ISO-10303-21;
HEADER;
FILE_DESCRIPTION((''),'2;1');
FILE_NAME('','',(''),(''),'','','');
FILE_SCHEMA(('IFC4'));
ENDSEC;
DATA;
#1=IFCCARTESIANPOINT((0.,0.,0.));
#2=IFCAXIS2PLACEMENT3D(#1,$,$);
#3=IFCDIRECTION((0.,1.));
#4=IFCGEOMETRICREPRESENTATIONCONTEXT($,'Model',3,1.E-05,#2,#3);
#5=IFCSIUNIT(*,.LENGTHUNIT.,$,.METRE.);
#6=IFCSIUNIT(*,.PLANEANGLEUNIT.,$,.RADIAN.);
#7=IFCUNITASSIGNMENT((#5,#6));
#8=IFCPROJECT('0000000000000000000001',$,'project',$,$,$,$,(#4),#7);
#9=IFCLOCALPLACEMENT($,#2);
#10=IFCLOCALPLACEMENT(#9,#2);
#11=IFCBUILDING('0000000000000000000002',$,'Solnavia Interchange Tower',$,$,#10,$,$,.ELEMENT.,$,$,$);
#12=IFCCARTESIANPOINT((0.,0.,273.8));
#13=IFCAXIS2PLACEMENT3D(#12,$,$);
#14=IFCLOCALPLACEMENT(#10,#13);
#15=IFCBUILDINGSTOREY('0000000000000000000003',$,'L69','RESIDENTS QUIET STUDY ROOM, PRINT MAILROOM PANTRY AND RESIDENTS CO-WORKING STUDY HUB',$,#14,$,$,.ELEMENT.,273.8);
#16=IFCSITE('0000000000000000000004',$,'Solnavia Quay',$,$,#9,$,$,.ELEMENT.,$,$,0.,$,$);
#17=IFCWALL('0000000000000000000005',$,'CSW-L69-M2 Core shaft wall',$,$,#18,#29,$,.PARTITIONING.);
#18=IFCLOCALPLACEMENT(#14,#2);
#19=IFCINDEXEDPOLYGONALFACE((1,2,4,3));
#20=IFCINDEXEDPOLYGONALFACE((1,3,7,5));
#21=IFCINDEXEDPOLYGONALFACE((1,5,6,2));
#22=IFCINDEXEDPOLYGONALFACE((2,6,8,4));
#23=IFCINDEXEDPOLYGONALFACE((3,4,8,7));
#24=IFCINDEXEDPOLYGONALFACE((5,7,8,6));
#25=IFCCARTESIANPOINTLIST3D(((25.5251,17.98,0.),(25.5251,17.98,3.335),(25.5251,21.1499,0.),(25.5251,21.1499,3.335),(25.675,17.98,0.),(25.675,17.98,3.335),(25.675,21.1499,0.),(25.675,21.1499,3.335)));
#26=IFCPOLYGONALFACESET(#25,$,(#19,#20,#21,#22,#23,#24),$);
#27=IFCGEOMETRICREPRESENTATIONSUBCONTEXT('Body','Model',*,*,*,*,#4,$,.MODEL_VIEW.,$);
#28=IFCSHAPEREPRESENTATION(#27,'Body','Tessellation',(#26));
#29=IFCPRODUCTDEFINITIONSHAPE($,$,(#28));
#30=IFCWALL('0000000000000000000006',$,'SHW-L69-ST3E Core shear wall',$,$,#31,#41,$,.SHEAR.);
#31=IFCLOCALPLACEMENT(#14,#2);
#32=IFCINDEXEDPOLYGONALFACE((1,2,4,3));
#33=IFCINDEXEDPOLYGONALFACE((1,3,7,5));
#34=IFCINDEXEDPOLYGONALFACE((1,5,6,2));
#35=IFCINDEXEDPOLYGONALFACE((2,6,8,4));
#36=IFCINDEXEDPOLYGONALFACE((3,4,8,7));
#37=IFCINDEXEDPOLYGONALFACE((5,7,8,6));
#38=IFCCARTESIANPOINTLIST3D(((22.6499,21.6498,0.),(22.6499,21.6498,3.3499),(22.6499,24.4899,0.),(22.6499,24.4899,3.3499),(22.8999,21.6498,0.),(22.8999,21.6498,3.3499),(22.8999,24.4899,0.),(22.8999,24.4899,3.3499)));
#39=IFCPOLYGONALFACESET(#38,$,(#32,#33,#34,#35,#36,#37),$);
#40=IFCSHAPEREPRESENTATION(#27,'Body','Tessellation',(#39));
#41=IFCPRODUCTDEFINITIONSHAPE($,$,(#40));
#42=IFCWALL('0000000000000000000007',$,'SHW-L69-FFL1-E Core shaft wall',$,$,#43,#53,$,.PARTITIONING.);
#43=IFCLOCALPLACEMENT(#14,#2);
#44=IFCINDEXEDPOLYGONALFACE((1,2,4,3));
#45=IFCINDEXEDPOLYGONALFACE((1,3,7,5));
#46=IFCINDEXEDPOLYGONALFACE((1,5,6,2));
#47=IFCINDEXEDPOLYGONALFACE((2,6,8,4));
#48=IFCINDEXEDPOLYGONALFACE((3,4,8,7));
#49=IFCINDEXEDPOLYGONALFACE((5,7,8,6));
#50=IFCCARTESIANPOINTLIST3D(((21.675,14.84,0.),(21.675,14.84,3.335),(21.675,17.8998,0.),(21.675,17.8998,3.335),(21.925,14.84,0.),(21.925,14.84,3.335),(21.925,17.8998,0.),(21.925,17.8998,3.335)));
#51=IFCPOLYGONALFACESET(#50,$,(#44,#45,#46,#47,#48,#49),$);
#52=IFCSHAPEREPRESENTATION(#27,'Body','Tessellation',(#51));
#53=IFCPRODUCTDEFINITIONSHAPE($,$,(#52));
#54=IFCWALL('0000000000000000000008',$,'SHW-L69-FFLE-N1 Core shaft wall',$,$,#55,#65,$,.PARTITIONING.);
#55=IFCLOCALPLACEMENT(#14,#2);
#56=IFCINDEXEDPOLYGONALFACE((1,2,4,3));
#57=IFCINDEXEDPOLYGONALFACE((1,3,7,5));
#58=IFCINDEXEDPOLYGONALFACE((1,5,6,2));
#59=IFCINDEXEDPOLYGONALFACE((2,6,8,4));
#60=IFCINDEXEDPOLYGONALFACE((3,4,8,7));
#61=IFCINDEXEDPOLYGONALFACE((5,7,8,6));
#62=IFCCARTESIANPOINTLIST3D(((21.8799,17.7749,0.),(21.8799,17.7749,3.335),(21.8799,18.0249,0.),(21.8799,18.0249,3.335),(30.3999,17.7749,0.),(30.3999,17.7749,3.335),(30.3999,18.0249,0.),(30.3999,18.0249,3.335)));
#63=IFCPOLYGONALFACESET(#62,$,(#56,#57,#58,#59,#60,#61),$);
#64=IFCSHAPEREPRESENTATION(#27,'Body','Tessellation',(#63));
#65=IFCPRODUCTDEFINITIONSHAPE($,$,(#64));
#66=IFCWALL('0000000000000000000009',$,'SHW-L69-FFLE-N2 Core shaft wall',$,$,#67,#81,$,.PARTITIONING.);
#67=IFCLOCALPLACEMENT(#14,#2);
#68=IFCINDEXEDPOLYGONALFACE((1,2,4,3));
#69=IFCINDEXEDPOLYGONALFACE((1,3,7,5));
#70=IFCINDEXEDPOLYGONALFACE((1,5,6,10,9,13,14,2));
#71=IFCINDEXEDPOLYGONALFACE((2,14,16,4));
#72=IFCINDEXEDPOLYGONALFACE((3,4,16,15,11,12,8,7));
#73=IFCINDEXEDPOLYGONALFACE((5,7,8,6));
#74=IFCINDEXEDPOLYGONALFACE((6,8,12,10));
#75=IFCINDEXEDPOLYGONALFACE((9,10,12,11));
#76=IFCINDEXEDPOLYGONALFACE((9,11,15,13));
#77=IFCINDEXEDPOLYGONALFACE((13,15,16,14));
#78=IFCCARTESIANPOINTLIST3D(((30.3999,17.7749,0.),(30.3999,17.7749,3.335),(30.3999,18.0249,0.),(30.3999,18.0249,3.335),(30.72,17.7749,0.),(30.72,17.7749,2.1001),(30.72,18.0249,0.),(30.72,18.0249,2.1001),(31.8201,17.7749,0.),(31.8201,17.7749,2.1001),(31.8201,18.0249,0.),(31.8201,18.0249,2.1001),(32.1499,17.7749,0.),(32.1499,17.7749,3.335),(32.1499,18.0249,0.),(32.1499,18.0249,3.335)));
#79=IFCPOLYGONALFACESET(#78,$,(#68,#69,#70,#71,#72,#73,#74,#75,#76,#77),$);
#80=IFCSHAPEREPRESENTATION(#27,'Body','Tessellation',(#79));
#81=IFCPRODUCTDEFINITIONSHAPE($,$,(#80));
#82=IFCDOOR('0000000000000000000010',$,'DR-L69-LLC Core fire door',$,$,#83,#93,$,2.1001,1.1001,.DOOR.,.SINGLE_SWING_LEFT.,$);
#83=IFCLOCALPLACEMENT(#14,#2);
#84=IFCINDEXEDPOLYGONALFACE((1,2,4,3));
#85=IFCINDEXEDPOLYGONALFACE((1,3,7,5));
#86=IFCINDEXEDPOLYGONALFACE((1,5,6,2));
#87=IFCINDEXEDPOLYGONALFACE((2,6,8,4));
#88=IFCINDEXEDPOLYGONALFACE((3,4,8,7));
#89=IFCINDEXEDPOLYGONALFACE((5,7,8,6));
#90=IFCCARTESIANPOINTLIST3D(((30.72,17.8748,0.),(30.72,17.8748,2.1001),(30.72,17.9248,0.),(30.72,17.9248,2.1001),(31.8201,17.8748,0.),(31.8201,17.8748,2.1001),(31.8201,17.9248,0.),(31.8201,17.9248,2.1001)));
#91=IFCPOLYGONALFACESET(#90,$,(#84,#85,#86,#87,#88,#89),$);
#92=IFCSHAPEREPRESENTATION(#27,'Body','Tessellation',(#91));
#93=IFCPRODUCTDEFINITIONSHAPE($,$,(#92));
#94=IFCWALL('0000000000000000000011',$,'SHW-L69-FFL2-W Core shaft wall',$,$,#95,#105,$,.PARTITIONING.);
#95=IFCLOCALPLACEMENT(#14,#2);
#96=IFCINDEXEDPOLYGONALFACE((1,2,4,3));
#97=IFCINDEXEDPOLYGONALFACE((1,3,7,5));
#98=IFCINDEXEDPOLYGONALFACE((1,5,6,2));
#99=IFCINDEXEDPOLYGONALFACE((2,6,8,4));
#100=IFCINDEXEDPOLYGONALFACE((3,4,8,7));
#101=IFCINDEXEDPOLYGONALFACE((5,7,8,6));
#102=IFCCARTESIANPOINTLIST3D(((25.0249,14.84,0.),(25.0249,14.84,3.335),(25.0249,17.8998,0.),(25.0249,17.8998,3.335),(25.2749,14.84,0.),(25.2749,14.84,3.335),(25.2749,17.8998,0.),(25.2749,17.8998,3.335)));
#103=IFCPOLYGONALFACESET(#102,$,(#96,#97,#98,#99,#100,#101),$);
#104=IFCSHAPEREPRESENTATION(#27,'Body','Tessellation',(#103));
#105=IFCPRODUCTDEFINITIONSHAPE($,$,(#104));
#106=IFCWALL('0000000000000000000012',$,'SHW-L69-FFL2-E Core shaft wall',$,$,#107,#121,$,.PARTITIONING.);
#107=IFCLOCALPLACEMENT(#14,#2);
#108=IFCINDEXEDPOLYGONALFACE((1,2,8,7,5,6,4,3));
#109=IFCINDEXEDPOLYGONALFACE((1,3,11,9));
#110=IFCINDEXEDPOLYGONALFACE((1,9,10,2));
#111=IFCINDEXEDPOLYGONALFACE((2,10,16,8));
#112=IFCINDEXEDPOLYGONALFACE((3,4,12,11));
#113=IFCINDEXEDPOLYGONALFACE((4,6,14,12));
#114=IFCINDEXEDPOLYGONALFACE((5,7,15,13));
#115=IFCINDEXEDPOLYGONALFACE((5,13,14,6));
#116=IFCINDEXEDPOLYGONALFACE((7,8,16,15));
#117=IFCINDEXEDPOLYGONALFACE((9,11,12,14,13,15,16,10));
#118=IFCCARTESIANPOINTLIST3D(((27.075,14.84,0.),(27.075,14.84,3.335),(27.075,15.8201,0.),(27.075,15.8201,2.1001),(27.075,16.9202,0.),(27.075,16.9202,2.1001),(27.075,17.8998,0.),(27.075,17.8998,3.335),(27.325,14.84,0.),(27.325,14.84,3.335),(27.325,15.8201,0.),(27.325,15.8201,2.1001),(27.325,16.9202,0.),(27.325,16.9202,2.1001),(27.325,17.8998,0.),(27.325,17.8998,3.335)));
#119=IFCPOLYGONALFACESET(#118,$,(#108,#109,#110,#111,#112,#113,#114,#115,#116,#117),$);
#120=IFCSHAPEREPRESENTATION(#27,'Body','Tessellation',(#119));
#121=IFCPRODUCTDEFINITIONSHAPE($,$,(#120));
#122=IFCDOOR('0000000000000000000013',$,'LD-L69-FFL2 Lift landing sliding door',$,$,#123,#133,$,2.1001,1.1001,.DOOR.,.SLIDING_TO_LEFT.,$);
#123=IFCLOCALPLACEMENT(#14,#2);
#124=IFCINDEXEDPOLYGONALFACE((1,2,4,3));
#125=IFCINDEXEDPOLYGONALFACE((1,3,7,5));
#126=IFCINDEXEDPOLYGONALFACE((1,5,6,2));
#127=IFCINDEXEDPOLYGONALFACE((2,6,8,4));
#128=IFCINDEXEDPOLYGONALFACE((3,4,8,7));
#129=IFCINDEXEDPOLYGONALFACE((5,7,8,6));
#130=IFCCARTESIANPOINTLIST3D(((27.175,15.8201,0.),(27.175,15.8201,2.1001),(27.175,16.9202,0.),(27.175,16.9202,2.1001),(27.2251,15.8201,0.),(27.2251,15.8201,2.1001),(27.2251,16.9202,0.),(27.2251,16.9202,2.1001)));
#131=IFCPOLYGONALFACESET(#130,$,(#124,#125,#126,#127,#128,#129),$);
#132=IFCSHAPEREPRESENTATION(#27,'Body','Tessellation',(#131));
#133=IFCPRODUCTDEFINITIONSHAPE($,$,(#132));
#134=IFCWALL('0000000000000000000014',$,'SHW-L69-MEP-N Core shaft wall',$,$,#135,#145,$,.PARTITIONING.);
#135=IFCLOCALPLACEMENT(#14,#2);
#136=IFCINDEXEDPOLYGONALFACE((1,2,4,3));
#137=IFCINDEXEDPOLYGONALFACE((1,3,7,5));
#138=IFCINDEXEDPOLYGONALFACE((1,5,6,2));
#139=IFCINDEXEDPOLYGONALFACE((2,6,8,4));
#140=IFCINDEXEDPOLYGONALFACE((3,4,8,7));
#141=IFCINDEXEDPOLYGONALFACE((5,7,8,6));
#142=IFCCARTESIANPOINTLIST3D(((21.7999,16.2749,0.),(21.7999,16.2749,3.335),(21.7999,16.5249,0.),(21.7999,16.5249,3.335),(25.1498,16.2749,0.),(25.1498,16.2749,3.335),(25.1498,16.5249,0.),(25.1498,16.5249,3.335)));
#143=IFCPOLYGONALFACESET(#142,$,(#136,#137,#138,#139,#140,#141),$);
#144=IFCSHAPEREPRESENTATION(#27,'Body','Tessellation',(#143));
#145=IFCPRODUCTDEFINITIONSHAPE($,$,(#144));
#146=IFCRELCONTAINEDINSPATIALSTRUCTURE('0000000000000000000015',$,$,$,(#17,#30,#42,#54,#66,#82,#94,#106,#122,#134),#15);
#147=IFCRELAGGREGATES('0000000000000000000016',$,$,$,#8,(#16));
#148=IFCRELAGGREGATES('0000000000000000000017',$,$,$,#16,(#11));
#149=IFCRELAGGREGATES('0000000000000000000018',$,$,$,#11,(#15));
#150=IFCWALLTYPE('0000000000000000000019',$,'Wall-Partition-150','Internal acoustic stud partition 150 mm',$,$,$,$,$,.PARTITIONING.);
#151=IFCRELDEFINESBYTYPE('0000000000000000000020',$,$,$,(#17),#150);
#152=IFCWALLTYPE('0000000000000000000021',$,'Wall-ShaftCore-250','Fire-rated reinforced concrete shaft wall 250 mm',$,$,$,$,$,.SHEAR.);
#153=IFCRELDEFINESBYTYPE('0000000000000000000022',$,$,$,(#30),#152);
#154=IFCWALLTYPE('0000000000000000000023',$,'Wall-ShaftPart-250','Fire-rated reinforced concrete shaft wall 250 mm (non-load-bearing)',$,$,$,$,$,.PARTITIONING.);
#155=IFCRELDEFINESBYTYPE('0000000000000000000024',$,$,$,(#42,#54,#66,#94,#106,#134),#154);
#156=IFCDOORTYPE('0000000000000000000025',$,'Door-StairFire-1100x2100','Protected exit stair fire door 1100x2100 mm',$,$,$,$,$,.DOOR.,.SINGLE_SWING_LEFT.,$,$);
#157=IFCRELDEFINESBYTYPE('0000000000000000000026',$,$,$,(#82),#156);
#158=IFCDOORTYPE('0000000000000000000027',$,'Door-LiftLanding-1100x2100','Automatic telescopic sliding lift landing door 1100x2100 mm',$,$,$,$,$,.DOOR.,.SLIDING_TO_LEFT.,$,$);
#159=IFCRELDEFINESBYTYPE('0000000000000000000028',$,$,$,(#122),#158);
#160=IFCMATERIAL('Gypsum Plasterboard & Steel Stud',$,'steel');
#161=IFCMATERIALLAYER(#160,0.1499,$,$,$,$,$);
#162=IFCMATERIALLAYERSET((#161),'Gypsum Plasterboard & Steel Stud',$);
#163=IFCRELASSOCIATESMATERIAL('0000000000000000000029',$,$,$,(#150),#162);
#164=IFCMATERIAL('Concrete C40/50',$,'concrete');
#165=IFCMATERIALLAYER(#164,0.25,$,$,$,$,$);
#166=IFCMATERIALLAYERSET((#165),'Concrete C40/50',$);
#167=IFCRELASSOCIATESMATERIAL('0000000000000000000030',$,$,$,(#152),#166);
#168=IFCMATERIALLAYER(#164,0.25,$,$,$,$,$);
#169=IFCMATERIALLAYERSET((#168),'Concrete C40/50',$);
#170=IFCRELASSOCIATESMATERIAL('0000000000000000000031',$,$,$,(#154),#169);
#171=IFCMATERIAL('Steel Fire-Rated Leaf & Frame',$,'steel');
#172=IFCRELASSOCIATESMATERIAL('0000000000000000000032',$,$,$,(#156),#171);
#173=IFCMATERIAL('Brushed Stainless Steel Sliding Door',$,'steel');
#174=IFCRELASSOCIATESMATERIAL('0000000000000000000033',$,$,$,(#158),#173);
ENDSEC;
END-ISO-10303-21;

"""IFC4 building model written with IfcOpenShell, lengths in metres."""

from ifc_helpers import new_model, si_unit, direction, frame, frame_2d, origin, place, context, subcontext, project, spatial, rectangle, extrude, material, layer, layer_set, type_object, element, fill, save


model = new_model("IFC4")

# Units and contexts
model_context = context("Model", 3, precision=1e-05, world=origin(), true_north=direction((0.0, 1.0)))
body_context = subcontext(model_context, "Body", "Model", "MODEL_VIEW")
ifc_project = project(units=[si_unit("LENGTHUNIT", "METRE"), si_unit("PLANEANGLEUNIT", "RADIAN")], contexts=[model_context])

# Site, building, storey
site_placement = place(None, origin())
site = spatial("IfcSite", under=ifc_project, at=site_placement, Name="Solnavia Quay", CompositionType="ELEMENT", RefElevation=0.0)
building_placement = place(site_placement, origin())
building = spatial("IfcBuilding", under=site, at=building_placement, Name="Solnavia Interchange Tower", CompositionType="ELEMENT")
storey_placement = place(building_placement, frame((0.0, 0.0, 273.8)))
storey = spatial("IfcBuildingStorey", under=building, at=storey_placement, Name="L69", Description="RESIDENTS QUIET STUDY ROOM, PRINT MAILROOM PANTRY AND RESIDENTS CO-WORKING STUDY HUB", CompositionType="ELEMENT", Elevation=273.8)

# Shared definitions
ifc_material_1 = material(Name="Concrete C40/50", Category="concrete")

# Shared definitions
ifc_material_2 = material(Name="Gypsum Plasterboard & Steel Stud", Category="steel")
ifc_layer_1 = layer(ifc_material_2, 0.1499)
ifc_layer_set_1 = layer_set([ifc_layer_1], Name="Gypsum Plasterboard & Steel Stud")
wall_type_1 = type_object("IfcWallType", Name="Wall-Partition-150", Description="Internal acoustic stud partition 150 mm", PredefinedType="PARTITIONING", material=ifc_layer_set_1)

# Walls
wall_1_placement = place(storey_placement, frame((25.6001, 17.98, 0.0), z_axis=(0.0, 0.0, 1.0), x_axis=(0.0, 1.0, 0.0)))
element("IfcWall", 1, at=wall_1_placement, inside=storey, type_object=wall_type_1, Name="CSW-L69-M2 Core shaft wall", PredefinedType="PARTITIONING", context=body_context, shape_type="SweptSolid", body=[
    extrude(rectangle(XDim=3.1699, YDim=0.1499, at=frame_2d((1.585, 0.0))), origin(), (0.0, 0.0, 1.0), 3.335),
])
ifc_layer_2 = layer(ifc_material_1, 0.25)
ifc_layer_set_2 = layer_set([ifc_layer_2], Name="Concrete C40/50")
wall_type_2 = type_object("IfcWallType", Name="Wall-ShaftCore-250", Description="Fire-rated reinforced concrete shaft wall 250 mm", PredefinedType="SHEAR", material=ifc_layer_set_2)
wall_2_placement = place(storey_placement, frame((22.7749, 21.6499, 0.0), z_axis=(0.0, 0.0, 1.0), x_axis=(0.0, 1.0, 0.0)))
element("IfcWall", 2, at=wall_2_placement, inside=storey, type_object=wall_type_2, Name="SHW-L69-ST3E Core shear wall", PredefinedType="SHEAR", context=body_context, shape_type="SweptSolid", body=[
    extrude(rectangle(XDim=2.8401, YDim=0.25, at=frame_2d((1.4199, 0.0))), origin(), (0.0, 0.0, 1.0), 3.3499),
])
ifc_layer_3 = layer(ifc_material_1, 0.25)
ifc_layer_set_3 = layer_set([ifc_layer_3], Name="Concrete C40/50")
wall_type_3 = type_object("IfcWallType", Name="Wall-ShaftPart-250", Description="Fire-rated reinforced concrete shaft wall 250 mm (non-load-bearing)", PredefinedType="PARTITIONING", material=ifc_layer_set_3)
wall_3_placement = place(storey_placement, frame((21.8, 14.8401, 0.0), z_axis=(0.0, 0.0, 1.0), x_axis=(0.0, 1.0, 0.0)))
element("IfcWall", 3, at=wall_3_placement, inside=storey, type_object=wall_type_3, Name="SHW-L69-FFL1-E Core shaft wall", PredefinedType="PARTITIONING", context=body_context, shape_type="SweptSolid", body=[
    extrude(rectangle(XDim=3.0598, YDim=0.25, at=frame_2d((1.5298, 0.0))), origin(), (0.0, 0.0, 1.0), 3.335),
])
wall_4_placement = place(storey_placement, frame((21.8799, 17.8999, 0.0), z_axis=(0.0, 0.0, 1.0), x_axis=(1.0, 0.0, 0.0)))
element("IfcWall", 4, at=wall_4_placement, inside=storey, type_object=wall_type_3, Name="SHW-L69-FFLE-N1 Core shaft wall", PredefinedType="PARTITIONING", context=body_context, shape_type="SweptSolid", body=[
    extrude(rectangle(XDim=8.52, YDim=0.25, at=frame_2d((4.26, 0.0))), origin(), (0.0, 0.0, 1.0), 3.335),
])

# Wall, opening, door
wall_5_placement = place(storey_placement, frame((30.3999, 17.8999, 0.0), z_axis=(0.0, 0.0, 1.0), x_axis=(1.0, 0.0, 0.0)))
wall_5 = element("IfcWall", 5, at=wall_5_placement, inside=storey, type_object=wall_type_3, Name="SHW-L69-FFLE-N2 Core shaft wall", PredefinedType="PARTITIONING", context=body_context, shape_type="SweptSolid", body=[
    extrude(rectangle(XDim=1.75, YDim=0.25, at=frame_2d((0.875, 0.0))), origin(), (0.0, 0.0, 1.0), 3.335),
])
opening_1_placement = place(wall_5_placement, frame((0.3201, 0.0, 0.0)))
opening_1 = element("IfcOpeningElement", 6, at=opening_1_placement, cuts=wall_5, PredefinedType="OPENING", context=body_context, shape_type="SweptSolid", body=[
    extrude(rectangle(XDim=1.1001, YDim=2.1001, at=frame_2d((0.55, 1.05))), frame((0.0, 0.135, 0.0), z_axis=(0.0, -1.0, 0.0), x_axis=(1.0, 0.0, 0.0)), (0.0, 0.0, 1.0), 0.27),
])
ifc_material_3 = material(Name="Steel Fire-Rated Leaf & Frame", Category="steel")
door_type_1 = type_object("IfcDoorType", Name="Door-StairFire-1100x2100", Description="Protected exit stair fire door 1100x2100 mm", OperationType="SINGLE_SWING_LEFT", PredefinedType="DOOR", material=ifc_material_3)
door_1_placement = place(opening_1_placement, origin())
door_1 = element("IfcDoor", 7, at=door_1_placement, inside=storey, type_object=door_type_1, Name="DR-L69-LLC Core fire door", OperationType="SINGLE_SWING_LEFT", OverallHeight=2.1001, OverallWidth=1.1001, PredefinedType="DOOR", context=body_context, shape_type="SweptSolid", body=[
    extrude(rectangle(XDim=1.1001, YDim=2.1001, at=frame_2d((0.55, 1.05))), frame((0.0, 0.0249, 0.0), z_axis=(0.0, -1.0, 0.0), x_axis=(1.0, 0.0, 0.0)), (0.0, 0.0, 1.0), 0.05),
])
fill(opening_1, door_1)

# Wall
wall_6_placement = place(storey_placement, frame((25.1499, 14.8401, 0.0), z_axis=(0.0, 0.0, 1.0), x_axis=(0.0, 1.0, 0.0)))
element("IfcWall", 8, at=wall_6_placement, inside=storey, type_object=wall_type_3, Name="SHW-L69-FFL2-W Core shaft wall", PredefinedType="PARTITIONING", context=body_context, shape_type="SweptSolid", body=[
    extrude(rectangle(XDim=3.0598, YDim=0.25, at=frame_2d((1.5298, 0.0))), origin(), (0.0, 0.0, 1.0), 3.335),
])

# Wall, opening, door
wall_7_placement = place(storey_placement, frame((27.2, 14.8401, 0.0), z_axis=(0.0, 0.0, 1.0), x_axis=(0.0, 1.0, 0.0)))
wall_7 = element("IfcWall", 9, at=wall_7_placement, inside=storey, type_object=wall_type_3, Name="SHW-L69-FFL2-E Core shaft wall", PredefinedType="PARTITIONING", context=body_context, shape_type="SweptSolid", body=[
    extrude(rectangle(XDim=3.0598, YDim=0.25, at=frame_2d((1.5298, 0.0))), origin(), (0.0, 0.0, 1.0), 3.335),
])
opening_2_placement = place(wall_7_placement, frame((0.98, 0.0, 0.0)))
opening_2 = element("IfcOpeningElement", 10, at=opening_2_placement, cuts=wall_7, PredefinedType="OPENING", context=body_context, shape_type="SweptSolid", body=[
    extrude(rectangle(XDim=1.1001, YDim=2.1001, at=frame_2d((0.55, 1.05))), frame((0.0, 0.135, 0.0), z_axis=(0.0, -1.0, 0.0), x_axis=(1.0, 0.0, 0.0)), (0.0, 0.0, 1.0), 0.27),
])
ifc_material_4 = material(Name="Brushed Stainless Steel Sliding Door", Category="steel")
door_type_2 = type_object("IfcDoorType", Name="Door-LiftLanding-1100x2100", Description="Automatic telescopic sliding lift landing door 1100x2100 mm", OperationType="SLIDING_TO_LEFT", PredefinedType="DOOR", material=ifc_material_4)
door_2_placement = place(opening_2_placement, origin())
door_2 = element("IfcDoor", 11, at=door_2_placement, inside=storey, type_object=door_type_2, Name="LD-L69-FFL2 Lift landing sliding door", OperationType="SLIDING_TO_LEFT", OverallHeight=2.1001, OverallWidth=1.1001, PredefinedType="DOOR", context=body_context, shape_type="SweptSolid", body=[
    extrude(rectangle(XDim=1.1001, YDim=2.1001, at=frame_2d((0.55, 1.05))), frame((0.0, 0.0249, 0.0), z_axis=(0.0, -1.0, 0.0), x_axis=(1.0, 0.0, 0.0)), (0.0, 0.0, 1.0), 0.05),
])
fill(opening_2, door_2)

# Wall
wall_8_placement = place(storey_placement, frame((21.8, 16.3999, 0.0), z_axis=(0.0, 0.0, 1.0), x_axis=(1.0, 0.0, 0.0)))
element("IfcWall", 12, at=wall_8_placement, inside=storey, type_object=wall_type_3, Name="SHW-L69-MEP-N Core shaft wall", PredefinedType="PARTITIONING", context=body_context, shape_type="SweptSolid", body=[
    extrude(rectangle(XDim=3.3499, YDim=0.25, at=frame_2d((1.6748, 0.0))), origin(), (0.0, 0.0, 1.0), 3.335),
])

save(model, "model.ifc")
